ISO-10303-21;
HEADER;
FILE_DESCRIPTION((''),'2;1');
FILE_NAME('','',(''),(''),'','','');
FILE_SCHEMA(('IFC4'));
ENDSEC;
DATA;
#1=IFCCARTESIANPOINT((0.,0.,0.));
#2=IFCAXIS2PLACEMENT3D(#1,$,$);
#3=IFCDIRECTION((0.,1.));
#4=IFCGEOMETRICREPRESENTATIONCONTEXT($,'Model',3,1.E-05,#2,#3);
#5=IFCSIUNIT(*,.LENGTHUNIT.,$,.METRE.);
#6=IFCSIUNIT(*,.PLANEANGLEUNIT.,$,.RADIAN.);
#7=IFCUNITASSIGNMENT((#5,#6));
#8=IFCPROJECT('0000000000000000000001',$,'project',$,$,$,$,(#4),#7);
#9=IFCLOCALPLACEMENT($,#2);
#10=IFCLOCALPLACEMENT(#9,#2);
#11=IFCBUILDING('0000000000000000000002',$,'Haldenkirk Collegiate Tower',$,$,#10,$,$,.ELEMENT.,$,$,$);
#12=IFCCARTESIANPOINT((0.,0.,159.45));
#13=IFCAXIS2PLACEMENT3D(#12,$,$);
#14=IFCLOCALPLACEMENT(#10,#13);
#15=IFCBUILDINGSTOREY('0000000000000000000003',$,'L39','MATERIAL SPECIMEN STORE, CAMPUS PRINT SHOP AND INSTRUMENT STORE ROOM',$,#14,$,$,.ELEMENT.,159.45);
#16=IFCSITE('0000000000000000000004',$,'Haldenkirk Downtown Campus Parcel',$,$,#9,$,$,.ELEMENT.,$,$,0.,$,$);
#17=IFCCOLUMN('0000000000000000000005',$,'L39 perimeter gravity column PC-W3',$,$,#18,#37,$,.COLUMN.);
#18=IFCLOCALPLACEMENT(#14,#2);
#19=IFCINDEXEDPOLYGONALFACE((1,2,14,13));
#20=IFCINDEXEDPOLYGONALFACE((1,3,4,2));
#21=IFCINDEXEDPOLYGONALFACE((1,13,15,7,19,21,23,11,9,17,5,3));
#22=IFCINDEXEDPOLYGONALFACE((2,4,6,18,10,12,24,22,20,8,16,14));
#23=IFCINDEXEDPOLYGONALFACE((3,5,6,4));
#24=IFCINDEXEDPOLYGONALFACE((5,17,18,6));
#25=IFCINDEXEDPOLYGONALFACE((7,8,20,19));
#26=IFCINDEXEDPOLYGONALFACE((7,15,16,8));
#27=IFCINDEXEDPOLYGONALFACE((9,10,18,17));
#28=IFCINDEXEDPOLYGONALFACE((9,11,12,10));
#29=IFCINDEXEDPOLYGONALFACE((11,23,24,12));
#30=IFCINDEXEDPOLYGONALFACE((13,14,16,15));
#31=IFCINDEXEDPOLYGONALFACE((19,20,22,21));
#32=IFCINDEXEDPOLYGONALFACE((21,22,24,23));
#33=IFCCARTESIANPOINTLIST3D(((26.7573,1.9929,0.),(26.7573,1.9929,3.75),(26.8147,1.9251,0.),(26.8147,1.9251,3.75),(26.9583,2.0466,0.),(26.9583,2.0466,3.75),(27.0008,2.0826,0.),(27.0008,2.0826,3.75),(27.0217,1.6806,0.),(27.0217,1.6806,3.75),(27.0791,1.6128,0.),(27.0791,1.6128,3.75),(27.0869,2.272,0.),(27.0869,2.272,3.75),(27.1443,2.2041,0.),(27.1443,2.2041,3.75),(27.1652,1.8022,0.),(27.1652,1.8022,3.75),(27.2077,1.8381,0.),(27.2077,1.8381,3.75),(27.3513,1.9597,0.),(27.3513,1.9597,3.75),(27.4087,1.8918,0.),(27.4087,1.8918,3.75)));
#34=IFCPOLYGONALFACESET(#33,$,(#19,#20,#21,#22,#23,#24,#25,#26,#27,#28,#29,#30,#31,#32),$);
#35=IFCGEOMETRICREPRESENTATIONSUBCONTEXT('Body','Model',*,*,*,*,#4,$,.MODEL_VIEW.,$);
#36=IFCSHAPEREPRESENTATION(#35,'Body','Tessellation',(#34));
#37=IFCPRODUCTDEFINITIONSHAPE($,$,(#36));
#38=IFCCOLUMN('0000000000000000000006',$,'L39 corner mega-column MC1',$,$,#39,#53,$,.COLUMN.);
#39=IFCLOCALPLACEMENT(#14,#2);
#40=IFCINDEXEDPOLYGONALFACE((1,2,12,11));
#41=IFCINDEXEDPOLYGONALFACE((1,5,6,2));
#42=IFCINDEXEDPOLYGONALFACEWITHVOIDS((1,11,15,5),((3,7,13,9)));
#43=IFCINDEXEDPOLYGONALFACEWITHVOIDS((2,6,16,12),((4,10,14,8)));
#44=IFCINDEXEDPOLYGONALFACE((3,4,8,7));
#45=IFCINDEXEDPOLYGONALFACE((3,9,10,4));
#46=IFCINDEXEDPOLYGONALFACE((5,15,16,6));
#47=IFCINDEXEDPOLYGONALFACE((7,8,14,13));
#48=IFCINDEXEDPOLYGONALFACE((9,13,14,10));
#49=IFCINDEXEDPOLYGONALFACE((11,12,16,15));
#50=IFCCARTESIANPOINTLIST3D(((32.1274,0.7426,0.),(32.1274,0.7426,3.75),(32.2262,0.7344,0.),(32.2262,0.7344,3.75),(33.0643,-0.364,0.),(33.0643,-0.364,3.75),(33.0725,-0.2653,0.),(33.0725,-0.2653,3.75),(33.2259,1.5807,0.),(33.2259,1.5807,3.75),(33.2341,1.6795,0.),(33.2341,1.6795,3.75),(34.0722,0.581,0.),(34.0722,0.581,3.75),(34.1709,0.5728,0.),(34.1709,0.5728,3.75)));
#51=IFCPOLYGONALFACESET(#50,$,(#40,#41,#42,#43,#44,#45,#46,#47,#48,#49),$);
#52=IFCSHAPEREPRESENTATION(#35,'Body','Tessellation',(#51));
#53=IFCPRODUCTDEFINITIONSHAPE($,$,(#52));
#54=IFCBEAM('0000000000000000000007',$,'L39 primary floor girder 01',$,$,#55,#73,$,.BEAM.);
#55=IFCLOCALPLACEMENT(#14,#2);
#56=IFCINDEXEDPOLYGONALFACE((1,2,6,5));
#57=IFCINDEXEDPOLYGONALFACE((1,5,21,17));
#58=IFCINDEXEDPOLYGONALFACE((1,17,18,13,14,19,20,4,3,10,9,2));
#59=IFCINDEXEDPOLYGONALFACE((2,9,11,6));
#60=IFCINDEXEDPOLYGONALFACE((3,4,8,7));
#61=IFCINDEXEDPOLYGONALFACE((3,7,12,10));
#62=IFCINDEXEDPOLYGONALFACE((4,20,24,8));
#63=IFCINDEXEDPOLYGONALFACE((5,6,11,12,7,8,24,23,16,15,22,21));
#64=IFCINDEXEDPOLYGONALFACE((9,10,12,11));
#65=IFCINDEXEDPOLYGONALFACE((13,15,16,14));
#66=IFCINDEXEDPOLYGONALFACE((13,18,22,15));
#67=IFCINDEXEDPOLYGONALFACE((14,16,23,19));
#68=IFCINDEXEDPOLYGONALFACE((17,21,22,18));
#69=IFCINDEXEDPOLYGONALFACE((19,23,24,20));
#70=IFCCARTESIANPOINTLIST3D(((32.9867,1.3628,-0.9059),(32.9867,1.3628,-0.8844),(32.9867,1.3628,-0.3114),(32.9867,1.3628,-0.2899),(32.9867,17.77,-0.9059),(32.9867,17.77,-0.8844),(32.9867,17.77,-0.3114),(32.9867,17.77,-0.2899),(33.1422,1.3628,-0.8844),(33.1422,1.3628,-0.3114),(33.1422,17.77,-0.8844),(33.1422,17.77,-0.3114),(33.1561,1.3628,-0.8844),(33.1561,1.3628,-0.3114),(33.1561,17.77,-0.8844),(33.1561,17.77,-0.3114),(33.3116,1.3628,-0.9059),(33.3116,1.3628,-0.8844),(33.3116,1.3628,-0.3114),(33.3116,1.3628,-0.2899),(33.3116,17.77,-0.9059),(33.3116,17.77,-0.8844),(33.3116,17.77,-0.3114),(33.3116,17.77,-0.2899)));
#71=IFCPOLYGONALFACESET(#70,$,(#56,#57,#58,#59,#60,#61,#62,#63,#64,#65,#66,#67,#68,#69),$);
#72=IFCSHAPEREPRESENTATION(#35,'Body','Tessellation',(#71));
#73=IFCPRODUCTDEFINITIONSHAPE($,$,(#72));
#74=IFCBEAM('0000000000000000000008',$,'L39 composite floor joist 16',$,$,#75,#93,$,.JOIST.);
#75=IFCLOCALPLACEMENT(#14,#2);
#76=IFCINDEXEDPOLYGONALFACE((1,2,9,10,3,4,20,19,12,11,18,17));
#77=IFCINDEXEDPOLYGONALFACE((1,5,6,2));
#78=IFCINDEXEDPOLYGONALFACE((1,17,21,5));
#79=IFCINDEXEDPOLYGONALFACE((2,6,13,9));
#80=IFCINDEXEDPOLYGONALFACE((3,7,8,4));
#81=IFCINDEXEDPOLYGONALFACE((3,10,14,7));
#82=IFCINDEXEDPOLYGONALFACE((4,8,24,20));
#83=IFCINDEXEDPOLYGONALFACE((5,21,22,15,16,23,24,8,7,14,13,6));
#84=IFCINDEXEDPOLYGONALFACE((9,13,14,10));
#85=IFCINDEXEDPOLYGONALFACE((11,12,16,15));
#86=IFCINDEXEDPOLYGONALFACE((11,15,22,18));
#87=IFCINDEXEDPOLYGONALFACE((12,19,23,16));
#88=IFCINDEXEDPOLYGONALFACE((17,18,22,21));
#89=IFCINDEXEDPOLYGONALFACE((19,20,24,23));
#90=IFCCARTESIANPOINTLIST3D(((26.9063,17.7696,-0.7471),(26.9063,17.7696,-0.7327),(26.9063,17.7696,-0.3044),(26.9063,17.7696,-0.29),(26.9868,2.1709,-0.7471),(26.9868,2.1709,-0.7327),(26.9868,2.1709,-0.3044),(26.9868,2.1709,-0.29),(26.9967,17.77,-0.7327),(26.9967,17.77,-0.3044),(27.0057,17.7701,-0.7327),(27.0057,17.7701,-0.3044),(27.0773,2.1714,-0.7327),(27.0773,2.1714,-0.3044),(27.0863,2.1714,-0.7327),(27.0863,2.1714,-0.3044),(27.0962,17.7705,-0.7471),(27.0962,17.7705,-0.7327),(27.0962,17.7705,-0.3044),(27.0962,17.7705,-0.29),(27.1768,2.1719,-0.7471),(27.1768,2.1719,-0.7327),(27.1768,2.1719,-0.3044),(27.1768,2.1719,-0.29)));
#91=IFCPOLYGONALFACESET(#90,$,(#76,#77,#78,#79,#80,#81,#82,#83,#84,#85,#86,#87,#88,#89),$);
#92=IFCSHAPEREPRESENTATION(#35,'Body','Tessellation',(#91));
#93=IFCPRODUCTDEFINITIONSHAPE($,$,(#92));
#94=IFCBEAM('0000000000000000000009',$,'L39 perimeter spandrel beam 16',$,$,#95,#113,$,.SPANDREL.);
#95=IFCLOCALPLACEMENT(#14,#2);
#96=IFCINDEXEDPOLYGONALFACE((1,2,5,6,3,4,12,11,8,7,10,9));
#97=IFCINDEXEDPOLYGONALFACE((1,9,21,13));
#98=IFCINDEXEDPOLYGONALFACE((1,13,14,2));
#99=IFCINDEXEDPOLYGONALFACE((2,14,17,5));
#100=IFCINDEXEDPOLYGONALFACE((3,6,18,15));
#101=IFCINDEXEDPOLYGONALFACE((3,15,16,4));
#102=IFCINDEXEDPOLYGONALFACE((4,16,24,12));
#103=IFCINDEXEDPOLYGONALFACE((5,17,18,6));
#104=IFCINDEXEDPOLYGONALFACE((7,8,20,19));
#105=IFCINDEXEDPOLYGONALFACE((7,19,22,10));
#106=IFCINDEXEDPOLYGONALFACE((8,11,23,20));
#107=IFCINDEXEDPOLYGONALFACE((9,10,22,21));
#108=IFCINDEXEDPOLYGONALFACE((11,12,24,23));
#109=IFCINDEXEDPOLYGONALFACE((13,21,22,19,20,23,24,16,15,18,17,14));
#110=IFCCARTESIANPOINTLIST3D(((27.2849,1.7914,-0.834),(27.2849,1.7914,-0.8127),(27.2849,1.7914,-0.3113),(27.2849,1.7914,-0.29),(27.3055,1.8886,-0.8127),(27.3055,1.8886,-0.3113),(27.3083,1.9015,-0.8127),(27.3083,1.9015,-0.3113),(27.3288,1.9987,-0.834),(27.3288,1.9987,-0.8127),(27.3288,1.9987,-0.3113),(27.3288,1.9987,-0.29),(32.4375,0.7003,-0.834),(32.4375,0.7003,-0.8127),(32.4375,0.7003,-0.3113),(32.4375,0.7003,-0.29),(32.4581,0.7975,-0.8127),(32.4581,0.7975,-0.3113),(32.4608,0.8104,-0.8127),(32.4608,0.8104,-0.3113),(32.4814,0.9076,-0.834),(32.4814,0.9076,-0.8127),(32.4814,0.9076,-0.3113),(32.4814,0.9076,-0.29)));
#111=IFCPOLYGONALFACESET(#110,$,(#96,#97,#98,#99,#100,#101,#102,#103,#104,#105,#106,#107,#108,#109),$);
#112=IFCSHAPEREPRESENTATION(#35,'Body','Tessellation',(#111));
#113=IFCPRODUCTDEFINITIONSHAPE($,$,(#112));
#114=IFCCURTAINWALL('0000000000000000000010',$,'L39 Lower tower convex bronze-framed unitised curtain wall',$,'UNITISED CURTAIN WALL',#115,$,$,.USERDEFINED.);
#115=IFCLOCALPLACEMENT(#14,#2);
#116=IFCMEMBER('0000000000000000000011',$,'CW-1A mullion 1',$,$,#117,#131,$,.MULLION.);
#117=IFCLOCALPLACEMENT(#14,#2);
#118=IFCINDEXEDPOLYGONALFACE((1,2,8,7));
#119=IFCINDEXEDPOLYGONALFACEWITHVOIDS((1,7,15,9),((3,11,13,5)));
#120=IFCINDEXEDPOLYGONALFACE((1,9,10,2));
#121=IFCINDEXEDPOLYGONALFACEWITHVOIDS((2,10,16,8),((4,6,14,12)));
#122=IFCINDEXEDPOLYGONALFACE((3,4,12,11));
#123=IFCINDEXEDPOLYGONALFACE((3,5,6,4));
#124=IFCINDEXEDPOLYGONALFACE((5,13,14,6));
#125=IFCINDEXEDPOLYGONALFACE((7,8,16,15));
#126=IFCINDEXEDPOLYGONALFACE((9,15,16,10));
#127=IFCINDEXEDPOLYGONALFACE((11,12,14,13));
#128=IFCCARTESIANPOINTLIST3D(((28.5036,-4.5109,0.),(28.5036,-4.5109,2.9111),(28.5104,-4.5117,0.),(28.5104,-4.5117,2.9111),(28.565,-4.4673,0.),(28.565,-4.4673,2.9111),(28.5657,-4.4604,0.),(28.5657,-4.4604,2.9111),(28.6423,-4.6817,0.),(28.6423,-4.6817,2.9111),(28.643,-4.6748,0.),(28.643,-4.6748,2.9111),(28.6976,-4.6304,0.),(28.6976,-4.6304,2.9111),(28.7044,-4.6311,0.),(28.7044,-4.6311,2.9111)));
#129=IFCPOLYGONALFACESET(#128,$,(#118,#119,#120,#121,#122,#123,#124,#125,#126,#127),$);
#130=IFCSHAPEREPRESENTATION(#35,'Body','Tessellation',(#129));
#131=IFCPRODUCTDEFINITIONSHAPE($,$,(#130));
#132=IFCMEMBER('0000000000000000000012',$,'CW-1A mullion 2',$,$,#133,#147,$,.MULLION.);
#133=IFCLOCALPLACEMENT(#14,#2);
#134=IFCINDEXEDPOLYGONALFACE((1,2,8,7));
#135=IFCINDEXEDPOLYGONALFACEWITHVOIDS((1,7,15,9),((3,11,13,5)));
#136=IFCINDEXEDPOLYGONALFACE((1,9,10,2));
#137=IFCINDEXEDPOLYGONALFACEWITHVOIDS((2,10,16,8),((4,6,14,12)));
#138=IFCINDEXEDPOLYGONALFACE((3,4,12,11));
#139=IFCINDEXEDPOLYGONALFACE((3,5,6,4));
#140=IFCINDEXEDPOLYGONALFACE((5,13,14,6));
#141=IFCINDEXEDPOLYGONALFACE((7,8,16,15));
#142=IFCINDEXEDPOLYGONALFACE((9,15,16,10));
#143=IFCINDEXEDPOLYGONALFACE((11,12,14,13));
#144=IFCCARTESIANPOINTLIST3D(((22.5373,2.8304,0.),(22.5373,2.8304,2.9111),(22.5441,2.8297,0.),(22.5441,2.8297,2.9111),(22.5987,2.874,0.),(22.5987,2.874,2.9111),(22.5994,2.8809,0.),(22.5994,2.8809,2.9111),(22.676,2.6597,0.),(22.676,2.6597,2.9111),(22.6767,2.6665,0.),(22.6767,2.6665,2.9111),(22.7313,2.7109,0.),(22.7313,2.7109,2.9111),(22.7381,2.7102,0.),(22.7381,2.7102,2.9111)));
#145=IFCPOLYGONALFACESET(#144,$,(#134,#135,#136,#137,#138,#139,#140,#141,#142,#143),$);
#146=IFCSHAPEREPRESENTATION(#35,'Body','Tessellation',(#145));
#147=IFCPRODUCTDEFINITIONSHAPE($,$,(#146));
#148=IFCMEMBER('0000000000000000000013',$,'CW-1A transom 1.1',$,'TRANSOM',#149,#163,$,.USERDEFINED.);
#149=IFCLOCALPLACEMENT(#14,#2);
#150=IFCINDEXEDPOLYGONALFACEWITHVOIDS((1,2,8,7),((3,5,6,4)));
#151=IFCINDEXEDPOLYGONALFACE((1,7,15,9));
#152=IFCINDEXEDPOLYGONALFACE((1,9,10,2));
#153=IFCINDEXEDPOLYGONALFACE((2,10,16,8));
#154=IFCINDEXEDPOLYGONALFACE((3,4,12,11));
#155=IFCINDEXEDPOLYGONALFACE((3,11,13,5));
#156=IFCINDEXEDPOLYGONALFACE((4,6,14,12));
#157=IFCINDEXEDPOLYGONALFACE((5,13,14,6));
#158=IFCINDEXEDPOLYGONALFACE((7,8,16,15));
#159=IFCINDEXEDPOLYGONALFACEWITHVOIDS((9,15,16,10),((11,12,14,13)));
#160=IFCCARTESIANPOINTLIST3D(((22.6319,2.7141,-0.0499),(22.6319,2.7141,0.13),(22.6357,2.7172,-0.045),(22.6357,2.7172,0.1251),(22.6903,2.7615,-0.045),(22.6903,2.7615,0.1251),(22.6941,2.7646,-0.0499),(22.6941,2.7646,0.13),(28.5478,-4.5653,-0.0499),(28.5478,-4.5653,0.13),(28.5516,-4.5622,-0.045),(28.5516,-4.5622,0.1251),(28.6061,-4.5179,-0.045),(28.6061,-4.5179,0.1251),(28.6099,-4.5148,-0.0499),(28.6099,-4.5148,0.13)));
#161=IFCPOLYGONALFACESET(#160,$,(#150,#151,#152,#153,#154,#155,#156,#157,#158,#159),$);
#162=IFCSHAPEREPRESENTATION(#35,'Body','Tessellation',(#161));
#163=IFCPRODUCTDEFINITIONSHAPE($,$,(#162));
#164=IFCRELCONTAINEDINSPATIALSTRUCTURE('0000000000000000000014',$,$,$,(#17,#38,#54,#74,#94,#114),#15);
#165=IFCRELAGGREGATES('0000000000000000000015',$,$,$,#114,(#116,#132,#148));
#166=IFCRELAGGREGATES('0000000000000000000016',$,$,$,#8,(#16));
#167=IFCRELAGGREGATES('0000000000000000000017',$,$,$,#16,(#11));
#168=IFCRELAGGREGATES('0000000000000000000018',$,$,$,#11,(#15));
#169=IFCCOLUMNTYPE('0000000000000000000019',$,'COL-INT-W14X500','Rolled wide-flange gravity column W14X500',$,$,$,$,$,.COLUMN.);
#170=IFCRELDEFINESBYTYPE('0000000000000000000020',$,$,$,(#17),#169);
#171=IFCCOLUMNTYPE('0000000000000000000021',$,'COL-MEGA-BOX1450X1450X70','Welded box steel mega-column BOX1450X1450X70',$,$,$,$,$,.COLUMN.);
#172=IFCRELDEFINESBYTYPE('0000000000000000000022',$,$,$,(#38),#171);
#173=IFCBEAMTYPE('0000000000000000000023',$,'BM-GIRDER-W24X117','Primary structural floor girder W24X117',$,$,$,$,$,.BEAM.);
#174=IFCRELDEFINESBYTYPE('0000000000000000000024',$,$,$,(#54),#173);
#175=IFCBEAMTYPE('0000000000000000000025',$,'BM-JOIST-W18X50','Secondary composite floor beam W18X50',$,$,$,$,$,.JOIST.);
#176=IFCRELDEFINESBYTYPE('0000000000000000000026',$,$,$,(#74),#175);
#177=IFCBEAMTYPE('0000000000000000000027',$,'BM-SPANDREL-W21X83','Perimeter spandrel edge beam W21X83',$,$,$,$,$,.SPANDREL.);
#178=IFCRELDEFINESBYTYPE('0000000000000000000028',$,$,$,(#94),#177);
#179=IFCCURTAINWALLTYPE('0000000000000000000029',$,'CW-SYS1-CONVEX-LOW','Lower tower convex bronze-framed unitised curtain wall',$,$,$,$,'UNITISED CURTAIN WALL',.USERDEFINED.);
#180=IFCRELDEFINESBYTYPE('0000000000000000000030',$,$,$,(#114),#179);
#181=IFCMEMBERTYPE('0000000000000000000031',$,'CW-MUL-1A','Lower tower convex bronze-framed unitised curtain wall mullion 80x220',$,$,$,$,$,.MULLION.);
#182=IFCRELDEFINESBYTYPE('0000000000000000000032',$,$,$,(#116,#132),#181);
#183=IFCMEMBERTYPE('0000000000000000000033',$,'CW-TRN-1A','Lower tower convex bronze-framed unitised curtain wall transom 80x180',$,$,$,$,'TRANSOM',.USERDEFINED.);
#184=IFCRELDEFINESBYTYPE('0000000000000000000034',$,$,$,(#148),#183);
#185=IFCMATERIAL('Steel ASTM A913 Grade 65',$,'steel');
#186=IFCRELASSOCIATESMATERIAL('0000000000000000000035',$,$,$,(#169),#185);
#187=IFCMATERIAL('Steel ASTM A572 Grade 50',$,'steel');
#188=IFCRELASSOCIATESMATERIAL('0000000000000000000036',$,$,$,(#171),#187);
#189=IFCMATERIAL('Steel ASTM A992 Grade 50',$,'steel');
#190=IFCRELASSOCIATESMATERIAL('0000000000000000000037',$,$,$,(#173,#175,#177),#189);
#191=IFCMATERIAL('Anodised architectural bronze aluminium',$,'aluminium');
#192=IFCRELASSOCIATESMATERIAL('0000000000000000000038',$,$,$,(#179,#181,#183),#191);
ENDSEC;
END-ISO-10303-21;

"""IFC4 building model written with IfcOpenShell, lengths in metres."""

from ifc_helpers import new_model, si_unit, direction, frame, origin, origin_2d, place, context, subcontext, project, spatial, hollow_rectangle, i_section, extrude, material, material_profile, profile_set, type_object, element, aggregate, save


model = new_model("IFC4")

# Units and contexts
model_context = context("Model", 3, precision=1e-05, world=origin(), true_north=direction((0.0, 1.0)))
body_context = subcontext(model_context, "Body", "Model", "MODEL_VIEW")
ifc_project = project(units=[si_unit("LENGTHUNIT", "METRE"), si_unit("PLANEANGLEUNIT", "RADIAN")], contexts=[model_context])

# Site, building, storey
site_placement = place(None, origin())
site = spatial("IfcSite", under=ifc_project, at=site_placement, Name="Haldenkirk Downtown Campus Parcel", CompositionType="ELEMENT", RefElevation=0.0)
building_placement = place(site_placement, origin())
building = spatial("IfcBuilding", under=site, at=building_placement, Name="Haldenkirk Collegiate Tower", CompositionType="ELEMENT")
storey_placement = place(building_placement, frame((0.0, 0.0, 159.45)))
storey = spatial("IfcBuildingStorey", under=building, at=storey_placement, Name="L39", Description="MATERIAL SPECIMEN STORE, CAMPUS PRINT SHOP AND INSTRUMENT STORE ROOM", CompositionType="ELEMENT", Elevation=159.45)

# Columns
ifc_material_1 = material(Name="Steel ASTM A913 Grade 65", Category="steel")
ifc_material_profile_1 = material_profile(ifc_material_1, i_section(OverallWidth=0.4319, OverallDepth=0.498, WebThickness=0.0557, FlangeThickness=0.0889, at=origin_2d()), Name="W14X500")
ifc_profile_set_1 = profile_set([ifc_material_profile_1], Name="Steel ASTM A913 Grade 65")
column_type_1 = type_object("IfcColumnType", Name="COL-INT-W14X500", Description="Rolled wide-flange gravity column W14X500", PredefinedType="COLUMN", material=ifc_profile_set_1)
column_1_placement = place(storey_placement, frame((27.083, 1.9424, 0.0), z_axis=(0.0, 0.0, 1.0), x_axis=(0.763232, 0.646124, 0.0)))
element("IfcColumn", 1, at=column_1_placement, inside=storey, type_object=column_type_1, Name="L39 perimeter gravity column PC-W3", PredefinedType="COLUMN", context=body_context, shape_type="SweptSolid", body=[
    extrude(i_section(OverallWidth=0.4319, OverallDepth=0.498, WebThickness=0.0557, FlangeThickness=0.0889, at=origin_2d()), origin(), (0.0, 0.0, 1.0), 3.75),
])
ifc_material_2 = material(Name="Steel ASTM A572 Grade 50", Category="steel")
ifc_material_profile_2 = material_profile(ifc_material_2, hollow_rectangle(XDim=1.45, YDim=1.45, WallThickness=0.0701, at=origin_2d()), Name="BOX1450X1450X70")
ifc_profile_set_2 = profile_set([ifc_material_profile_2], Name="Steel ASTM A572 Grade 50")
column_type_2 = type_object("IfcColumnType", Name="COL-MEGA-BOX1450X1450X70", Description="Welded box steel mega-column BOX1450X1450X70", PredefinedType="COLUMN", material=ifc_profile_set_2)
column_2_placement = place(storey_placement, frame((33.1492, 0.6577, 0.0), z_axis=(0.0, 0.0, 1.0), x_axis=(0.763232, 0.646124, 0.0)))
element("IfcColumn", 2, at=column_2_placement, inside=storey, type_object=column_type_2, Name="L39 corner mega-column MC1", PredefinedType="COLUMN", context=body_context, shape_type="SweptSolid", body=[
    extrude(hollow_rectangle(XDim=1.45, YDim=1.45, WallThickness=0.0701, at=origin_2d()), origin(), (0.0, 0.0, 1.0), 3.75),
])

# Beams
ifc_material_3 = material(Name="Steel ASTM A992 Grade 50", Category="steel")
ifc_material_profile_3 = material_profile(ifc_material_3, i_section(OverallWidth=0.325, OverallDepth=0.616, WebThickness=0.0139, FlangeThickness=0.0215, at=origin_2d()), Name="W24X117")
ifc_profile_set_3 = profile_set([ifc_material_profile_3], Name="Steel ASTM A992 Grade 50")
beam_type_1 = type_object("IfcBeamType", Name="BM-GIRDER-W24X117", Description="Primary structural floor girder W24X117", PredefinedType="BEAM", material=ifc_profile_set_3)
beam_1_placement = place(storey_placement, frame((33.1492, 1.3628, -0.5979), z_axis=(0.0, 1.0, 0.0), x_axis=(-1.0, 0.0, 0.0)))
element("IfcBeam", 3, at=beam_1_placement, inside=storey, type_object=beam_type_1, Name="L39 primary floor girder 01", PredefinedType="BEAM", context=body_context, shape_type="SweptSolid", body=[
    extrude(i_section(OverallWidth=0.325, OverallDepth=0.616, WebThickness=0.0139, FlangeThickness=0.0215, at=origin_2d()), origin(), (0.0, 0.0, 1.0), 16.4072),
])
ifc_material_profile_4 = material_profile(ifc_material_3, i_section(OverallWidth=0.1899, OverallDepth=0.457, WebThickness=0.009, FlangeThickness=0.0144, at=origin_2d()), Name="W18X50")
ifc_profile_set_4 = profile_set([ifc_material_profile_4], Name="Steel ASTM A992 Grade 50")
beam_type_2 = type_object("IfcBeamType", Name="BM-JOIST-W18X50", Description="Secondary composite floor beam W18X50", PredefinedType="JOIST", material=ifc_profile_set_4)
beam_2_placement = place(storey_placement, frame((27.0818, 2.1714, -0.5186), z_axis=(-0.005165, 0.999987, 0.0), x_axis=(-0.999987, -0.005165, 0.0)))
element("IfcBeam", 4, at=beam_2_placement, inside=storey, type_object=beam_type_2, Name="L39 composite floor joist 16", PredefinedType="JOIST", context=body_context, shape_type="SweptSolid", body=[
    extrude(i_section(OverallWidth=0.1899, OverallDepth=0.457, WebThickness=0.009, FlangeThickness=0.0144, at=origin_2d()), origin(), (0.0, 0.0, 1.0), 15.5989),
])
ifc_material_profile_5 = material_profile(ifc_material_3, i_section(OverallWidth=0.2119, OverallDepth=0.5439, WebThickness=0.0132, FlangeThickness=0.0212, at=origin_2d()), Name="W21X83")
ifc_profile_set_5 = profile_set([ifc_material_profile_5], Name="Steel ASTM A992 Grade 50")
beam_type_3 = type_object("IfcBeamType", Name="BM-SPANDREL-W21X83", Description="Perimeter spandrel edge beam W21X83", PredefinedType="SPANDREL", material=ifc_profile_set_5)
beam_3_placement = place(storey_placement, frame((27.3069, 1.895, -0.562), z_axis=(0.978308, -0.207157, 0.0), x_axis=(0.207157, 0.978308, 0.0)))
element("IfcBeam", 5, at=beam_3_placement, inside=storey, type_object=beam_type_3, Name="L39 perimeter spandrel beam 16", PredefinedType="SPANDREL", context=body_context, shape_type="SweptSolid", body=[
    extrude(i_section(OverallWidth=0.2119, OverallDepth=0.5439, WebThickness=0.0132, FlangeThickness=0.0212, at=origin_2d()), origin(), (0.0, 0.0, 1.0), 5.2668),
])

# Curtain wall, members
ifc_material_4 = material(Name="Anodised architectural bronze aluminium", Category="aluminium")
curtain_wall_type = type_object("IfcCurtainWallType", Name="CW-SYS1-CONVEX-LOW", Description="Lower tower convex bronze-framed unitised curtain wall", ElementType="UNITISED CURTAIN WALL", PredefinedType="USERDEFINED", material=ifc_material_4)
curtain_wall_placement = place(storey_placement, origin())
curtain_wall = element("IfcCurtainWall", 6, at=curtain_wall_placement, inside=storey, type_object=curtain_wall_type, Name="L39 Lower tower convex bronze-framed unitised curtain wall", ObjectType="UNITISED CURTAIN WALL", PredefinedType="USERDEFINED")
ifc_material_profile_6 = material_profile(ifc_material_4, hollow_rectangle(XDim=0.0801, YDim=0.22, WallThickness=0.0049, at=origin_2d()), Name="CW-MUL-1A")
ifc_profile_set_6 = profile_set([ifc_material_profile_6], Name="Anodised architectural bronze aluminium")
member_type_1 = type_object("IfcMemberType", Name="CW-MUL-1A", Description="Lower tower convex bronze-framed unitised curtain wall mullion 80x220", PredefinedType="MULLION", material=ifc_profile_set_6)
member_1_placement = place(storey_placement, frame((28.604, -4.571, 0.0), z_axis=(0.0, 0.0, 1.0), x_axis=(-0.776048, -0.630674, 0.0)))
member_1 = element("IfcMember", 7, at=member_1_placement, type_object=member_type_1, Name="CW-1A mullion 1", PredefinedType="MULLION", context=body_context, shape_type="SweptSolid", body=[
    extrude(hollow_rectangle(XDim=0.0801, YDim=0.22, WallThickness=0.0049, at=origin_2d()), origin(), (0.0, 0.0, 1.0), 2.9111),
])
member_2_placement = place(storey_placement, frame((22.6377, 2.7703, 0.0), z_axis=(0.0, 0.0, 1.0), x_axis=(-0.776048, -0.630674, 0.0)))
member_2 = element("IfcMember", 8, at=member_2_placement, type_object=member_type_1, Name="CW-1A mullion 2", PredefinedType="MULLION", context=body_context, shape_type="SweptSolid", body=[
    extrude(hollow_rectangle(XDim=0.0801, YDim=0.22, WallThickness=0.0049, at=origin_2d()), origin(), (0.0, 0.0, 1.0), 2.9111),
])
ifc_material_profile_7 = material_profile(ifc_material_4, hollow_rectangle(XDim=0.0801, YDim=0.1799, WallThickness=0.0049, at=origin_2d()), Name="CW-TRN-1A")
ifc_profile_set_7 = profile_set([ifc_material_profile_7], Name="Anodised architectural bronze aluminium")
member_type_2 = type_object("IfcMemberType", Name="CW-TRN-1A", Description="Lower tower convex bronze-framed unitised curtain wall transom 80x180", ElementType="TRANSOM", PredefinedType="USERDEFINED", material=ifc_profile_set_7)
member_3_placement = place(storey_placement, frame((28.5789, -4.54, 0.04), z_axis=(-0.630679, 0.776044, 0.0), x_axis=(-0.776044, -0.630679, 0.0)))
member_3 = element("IfcMember", 9, at=member_3_placement, type_object=member_type_2, Name="CW-1A transom 1.1", ObjectType="TRANSOM", PredefinedType="USERDEFINED", context=body_context, shape_type="SweptSolid", body=[
    extrude(hollow_rectangle(XDim=0.0801, YDim=0.1799, WallThickness=0.0049, at=origin_2d()), origin(), (0.0, 0.0, 1.0), 9.3801),
])
aggregate(curtain_wall, [member_1, member_2, member_3])

save(model, "model.ifc")
